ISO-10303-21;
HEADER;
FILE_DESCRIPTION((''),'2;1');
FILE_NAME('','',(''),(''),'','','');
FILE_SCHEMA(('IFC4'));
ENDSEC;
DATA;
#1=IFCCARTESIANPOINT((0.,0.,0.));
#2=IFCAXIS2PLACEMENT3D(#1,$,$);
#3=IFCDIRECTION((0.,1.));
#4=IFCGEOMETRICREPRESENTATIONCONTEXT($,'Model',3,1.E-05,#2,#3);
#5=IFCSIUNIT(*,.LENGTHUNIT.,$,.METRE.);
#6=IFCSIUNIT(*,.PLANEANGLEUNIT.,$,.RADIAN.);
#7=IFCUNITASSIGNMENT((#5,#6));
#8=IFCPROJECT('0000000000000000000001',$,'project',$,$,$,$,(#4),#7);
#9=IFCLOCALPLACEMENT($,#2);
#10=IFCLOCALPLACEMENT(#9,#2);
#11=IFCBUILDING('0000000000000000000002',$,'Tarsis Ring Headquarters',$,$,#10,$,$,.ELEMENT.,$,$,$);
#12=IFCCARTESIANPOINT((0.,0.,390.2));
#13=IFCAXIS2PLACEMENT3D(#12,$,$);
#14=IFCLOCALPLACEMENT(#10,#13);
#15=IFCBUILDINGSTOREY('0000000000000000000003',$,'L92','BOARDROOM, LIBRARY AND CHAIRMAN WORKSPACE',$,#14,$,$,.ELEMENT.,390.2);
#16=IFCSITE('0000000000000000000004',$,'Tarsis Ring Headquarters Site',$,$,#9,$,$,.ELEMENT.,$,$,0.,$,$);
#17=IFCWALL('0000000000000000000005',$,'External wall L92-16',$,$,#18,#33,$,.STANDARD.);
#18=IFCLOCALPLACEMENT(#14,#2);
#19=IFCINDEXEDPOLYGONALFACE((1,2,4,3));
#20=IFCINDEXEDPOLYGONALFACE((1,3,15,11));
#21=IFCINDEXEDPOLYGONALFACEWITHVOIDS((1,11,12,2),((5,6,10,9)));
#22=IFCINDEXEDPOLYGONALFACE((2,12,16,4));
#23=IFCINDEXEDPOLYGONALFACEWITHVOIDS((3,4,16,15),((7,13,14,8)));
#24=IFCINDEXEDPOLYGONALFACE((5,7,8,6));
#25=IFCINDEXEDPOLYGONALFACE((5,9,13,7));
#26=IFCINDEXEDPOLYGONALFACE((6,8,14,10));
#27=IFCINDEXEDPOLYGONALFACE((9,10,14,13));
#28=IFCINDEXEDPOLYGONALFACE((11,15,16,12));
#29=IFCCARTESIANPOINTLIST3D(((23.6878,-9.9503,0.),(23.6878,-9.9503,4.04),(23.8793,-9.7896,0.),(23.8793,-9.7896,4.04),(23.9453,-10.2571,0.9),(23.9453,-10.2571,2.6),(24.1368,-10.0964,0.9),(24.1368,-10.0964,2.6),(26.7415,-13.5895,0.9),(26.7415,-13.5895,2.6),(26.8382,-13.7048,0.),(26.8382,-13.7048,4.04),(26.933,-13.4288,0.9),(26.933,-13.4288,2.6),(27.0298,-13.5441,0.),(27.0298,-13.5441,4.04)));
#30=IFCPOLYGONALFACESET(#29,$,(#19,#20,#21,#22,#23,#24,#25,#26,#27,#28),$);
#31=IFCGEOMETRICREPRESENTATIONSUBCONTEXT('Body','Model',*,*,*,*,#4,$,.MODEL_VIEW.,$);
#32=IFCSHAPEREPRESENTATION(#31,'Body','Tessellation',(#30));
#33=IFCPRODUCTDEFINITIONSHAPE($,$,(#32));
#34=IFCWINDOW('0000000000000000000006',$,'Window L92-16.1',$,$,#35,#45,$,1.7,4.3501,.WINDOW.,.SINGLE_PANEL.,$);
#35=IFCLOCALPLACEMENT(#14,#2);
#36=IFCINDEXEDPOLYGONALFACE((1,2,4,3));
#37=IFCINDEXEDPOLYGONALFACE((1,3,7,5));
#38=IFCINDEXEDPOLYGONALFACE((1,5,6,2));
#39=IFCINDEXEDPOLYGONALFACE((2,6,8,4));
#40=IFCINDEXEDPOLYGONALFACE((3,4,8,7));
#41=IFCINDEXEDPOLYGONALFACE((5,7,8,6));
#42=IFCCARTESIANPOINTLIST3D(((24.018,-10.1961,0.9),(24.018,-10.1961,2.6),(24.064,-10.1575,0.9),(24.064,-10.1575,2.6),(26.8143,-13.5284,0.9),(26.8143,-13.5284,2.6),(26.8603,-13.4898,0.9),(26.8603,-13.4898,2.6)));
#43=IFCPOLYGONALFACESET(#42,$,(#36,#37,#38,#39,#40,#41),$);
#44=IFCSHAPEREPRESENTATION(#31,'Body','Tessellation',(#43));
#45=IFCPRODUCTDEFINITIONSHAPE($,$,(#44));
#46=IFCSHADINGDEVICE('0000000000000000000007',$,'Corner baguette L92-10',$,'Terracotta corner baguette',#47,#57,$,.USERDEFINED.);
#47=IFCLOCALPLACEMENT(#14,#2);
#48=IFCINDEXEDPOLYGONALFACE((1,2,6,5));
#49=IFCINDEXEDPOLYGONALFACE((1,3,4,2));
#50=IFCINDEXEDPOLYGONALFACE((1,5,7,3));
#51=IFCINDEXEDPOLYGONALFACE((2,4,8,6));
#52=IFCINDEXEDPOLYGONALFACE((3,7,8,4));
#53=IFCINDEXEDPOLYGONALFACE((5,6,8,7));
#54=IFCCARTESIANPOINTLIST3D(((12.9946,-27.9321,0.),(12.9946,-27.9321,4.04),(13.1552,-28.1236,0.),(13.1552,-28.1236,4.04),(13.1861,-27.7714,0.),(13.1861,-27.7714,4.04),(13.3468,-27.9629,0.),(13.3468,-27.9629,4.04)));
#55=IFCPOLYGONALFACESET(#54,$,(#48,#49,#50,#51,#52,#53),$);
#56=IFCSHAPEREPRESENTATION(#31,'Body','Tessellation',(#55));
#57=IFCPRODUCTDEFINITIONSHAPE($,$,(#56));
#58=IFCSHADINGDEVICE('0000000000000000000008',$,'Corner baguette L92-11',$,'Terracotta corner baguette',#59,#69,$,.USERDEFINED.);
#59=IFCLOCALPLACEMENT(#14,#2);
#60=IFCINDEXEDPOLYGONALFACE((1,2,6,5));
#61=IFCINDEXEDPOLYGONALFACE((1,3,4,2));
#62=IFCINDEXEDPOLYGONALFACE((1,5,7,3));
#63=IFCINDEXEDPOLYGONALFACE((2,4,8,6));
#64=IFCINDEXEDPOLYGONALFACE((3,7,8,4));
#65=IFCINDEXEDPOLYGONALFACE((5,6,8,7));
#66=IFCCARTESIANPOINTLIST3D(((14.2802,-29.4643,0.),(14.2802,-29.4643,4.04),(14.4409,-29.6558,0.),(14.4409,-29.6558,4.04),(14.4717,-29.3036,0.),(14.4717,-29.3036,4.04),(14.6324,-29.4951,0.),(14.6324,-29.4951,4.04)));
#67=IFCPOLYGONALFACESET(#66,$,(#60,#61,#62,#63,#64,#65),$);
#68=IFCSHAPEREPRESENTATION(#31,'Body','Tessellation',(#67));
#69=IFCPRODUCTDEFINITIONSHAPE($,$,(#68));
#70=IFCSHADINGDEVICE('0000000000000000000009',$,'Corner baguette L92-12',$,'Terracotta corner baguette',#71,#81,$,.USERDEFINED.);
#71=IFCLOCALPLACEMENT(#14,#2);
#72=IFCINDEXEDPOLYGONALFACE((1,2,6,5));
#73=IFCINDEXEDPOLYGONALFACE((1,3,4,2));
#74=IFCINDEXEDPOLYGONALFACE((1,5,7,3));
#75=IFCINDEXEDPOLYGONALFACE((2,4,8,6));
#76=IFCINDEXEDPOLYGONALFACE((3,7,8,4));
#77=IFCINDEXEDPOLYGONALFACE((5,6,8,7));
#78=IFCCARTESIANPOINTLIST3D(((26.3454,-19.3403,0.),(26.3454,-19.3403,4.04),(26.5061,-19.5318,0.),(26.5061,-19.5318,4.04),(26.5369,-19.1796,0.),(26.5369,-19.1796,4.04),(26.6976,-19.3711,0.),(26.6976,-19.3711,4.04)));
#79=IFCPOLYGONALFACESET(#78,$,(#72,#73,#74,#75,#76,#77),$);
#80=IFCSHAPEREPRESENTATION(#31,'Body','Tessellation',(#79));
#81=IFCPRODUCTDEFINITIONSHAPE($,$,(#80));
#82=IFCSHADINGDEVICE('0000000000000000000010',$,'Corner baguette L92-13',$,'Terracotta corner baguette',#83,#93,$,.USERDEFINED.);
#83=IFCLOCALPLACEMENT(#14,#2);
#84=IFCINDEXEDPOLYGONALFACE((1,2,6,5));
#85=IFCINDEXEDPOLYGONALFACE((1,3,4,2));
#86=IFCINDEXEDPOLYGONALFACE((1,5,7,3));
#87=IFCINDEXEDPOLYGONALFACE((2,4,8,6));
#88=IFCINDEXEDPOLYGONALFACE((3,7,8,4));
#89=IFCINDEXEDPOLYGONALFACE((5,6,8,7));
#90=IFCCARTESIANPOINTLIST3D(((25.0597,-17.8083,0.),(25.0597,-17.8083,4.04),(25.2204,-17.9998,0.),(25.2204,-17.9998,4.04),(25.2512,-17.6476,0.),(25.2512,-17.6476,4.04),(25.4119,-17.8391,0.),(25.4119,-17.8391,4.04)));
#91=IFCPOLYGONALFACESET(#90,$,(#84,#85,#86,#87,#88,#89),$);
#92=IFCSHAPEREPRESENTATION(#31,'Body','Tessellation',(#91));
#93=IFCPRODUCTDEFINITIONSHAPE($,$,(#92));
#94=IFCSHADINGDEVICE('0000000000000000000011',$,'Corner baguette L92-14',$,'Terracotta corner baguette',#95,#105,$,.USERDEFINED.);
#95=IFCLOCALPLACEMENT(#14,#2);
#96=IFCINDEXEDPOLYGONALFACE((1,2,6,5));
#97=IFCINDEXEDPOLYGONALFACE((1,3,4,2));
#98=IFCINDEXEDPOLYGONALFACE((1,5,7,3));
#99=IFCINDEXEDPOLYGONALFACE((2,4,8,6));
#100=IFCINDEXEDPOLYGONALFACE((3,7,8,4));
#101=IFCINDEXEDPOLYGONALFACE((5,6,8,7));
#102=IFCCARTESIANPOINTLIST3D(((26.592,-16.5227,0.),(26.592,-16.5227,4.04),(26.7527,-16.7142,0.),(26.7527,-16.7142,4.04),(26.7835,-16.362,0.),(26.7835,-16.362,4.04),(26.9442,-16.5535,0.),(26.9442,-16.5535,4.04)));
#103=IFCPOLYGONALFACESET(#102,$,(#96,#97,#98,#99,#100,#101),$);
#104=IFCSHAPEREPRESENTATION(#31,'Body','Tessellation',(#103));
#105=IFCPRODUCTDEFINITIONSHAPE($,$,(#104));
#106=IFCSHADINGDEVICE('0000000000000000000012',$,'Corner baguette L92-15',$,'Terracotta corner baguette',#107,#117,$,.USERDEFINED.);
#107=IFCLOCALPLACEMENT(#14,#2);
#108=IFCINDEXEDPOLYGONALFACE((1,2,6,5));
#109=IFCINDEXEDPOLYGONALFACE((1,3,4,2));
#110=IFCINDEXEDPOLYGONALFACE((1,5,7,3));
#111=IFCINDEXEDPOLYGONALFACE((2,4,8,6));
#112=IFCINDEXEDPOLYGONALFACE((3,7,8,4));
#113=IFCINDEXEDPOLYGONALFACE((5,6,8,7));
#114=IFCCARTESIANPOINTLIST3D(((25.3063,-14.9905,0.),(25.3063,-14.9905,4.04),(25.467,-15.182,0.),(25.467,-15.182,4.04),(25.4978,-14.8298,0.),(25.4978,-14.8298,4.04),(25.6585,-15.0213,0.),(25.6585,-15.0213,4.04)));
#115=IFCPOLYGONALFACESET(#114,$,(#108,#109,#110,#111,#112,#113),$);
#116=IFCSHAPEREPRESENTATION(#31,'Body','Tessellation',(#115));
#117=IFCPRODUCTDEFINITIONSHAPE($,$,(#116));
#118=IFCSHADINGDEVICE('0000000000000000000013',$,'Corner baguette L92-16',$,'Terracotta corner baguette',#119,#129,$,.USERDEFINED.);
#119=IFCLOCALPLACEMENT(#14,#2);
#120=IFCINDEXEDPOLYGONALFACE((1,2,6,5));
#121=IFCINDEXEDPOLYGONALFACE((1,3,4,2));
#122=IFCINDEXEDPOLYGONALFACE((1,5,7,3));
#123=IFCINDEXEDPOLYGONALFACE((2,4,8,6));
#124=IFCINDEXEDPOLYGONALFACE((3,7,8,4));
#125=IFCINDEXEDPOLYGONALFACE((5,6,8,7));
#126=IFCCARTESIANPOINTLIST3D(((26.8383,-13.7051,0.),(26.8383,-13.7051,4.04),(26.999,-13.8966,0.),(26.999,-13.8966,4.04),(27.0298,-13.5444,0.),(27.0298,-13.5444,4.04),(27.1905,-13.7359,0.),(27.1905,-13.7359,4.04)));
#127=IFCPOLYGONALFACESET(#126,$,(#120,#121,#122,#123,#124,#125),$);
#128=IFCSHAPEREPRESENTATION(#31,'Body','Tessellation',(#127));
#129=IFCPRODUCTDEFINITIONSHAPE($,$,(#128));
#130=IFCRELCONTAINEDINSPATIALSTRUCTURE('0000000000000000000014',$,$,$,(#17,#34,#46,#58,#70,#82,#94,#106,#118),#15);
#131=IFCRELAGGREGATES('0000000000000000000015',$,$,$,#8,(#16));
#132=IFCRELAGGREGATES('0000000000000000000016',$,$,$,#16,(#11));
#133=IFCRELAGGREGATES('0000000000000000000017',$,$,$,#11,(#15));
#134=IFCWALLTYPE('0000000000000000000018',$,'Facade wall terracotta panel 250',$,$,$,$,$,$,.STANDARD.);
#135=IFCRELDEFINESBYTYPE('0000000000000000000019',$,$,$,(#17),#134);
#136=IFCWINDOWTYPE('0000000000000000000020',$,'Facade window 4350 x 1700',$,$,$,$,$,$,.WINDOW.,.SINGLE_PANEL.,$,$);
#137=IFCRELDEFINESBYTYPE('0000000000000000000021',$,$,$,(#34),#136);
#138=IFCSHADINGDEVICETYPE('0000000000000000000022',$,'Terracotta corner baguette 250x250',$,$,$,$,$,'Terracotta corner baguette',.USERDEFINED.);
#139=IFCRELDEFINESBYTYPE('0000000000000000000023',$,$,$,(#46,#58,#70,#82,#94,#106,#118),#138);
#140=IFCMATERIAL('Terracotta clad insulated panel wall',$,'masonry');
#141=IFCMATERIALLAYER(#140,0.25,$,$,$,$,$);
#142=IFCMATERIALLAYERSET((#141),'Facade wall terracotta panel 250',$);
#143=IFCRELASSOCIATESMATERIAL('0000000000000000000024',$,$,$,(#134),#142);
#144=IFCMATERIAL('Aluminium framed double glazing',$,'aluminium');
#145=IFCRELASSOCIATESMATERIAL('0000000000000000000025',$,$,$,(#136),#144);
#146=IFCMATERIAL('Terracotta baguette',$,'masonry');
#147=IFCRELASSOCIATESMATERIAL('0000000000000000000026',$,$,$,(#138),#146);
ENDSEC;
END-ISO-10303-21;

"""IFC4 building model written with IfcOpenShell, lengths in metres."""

from ifc_helpers import new_model, si_unit, direction, frame, frame_2d, origin, origin_2d, place, context, subcontext, project, spatial, rectangle, extrude, material, layer, layer_set, type_object, element, fill, save


model = new_model("IFC4")

# Units and contexts
model_context = context("Model", 3, precision=1e-05, world=origin(), true_north=direction((0.0, 1.0)))
body_context = subcontext(model_context, "Body", "Model", "MODEL_VIEW")
ifc_project = project(units=[si_unit("LENGTHUNIT", "METRE"), si_unit("PLANEANGLEUNIT", "RADIAN")], contexts=[model_context])

# Site, building, storey
site_placement = place(None, origin())
site = spatial("IfcSite", under=ifc_project, at=site_placement, Name="Tarsis Ring Headquarters Site", CompositionType="ELEMENT", RefElevation=0.0)
building_placement = place(site_placement, origin())
building = spatial("IfcBuilding", under=site, at=building_placement, Name="Tarsis Ring Headquarters", CompositionType="ELEMENT")
storey_placement = place(building_placement, frame((0.0, 0.0, 390.2)))
storey = spatial("IfcBuildingStorey", under=building, at=storey_placement, Name="L92", Description="BOARDROOM, LIBRARY AND CHAIRMAN WORKSPACE", CompositionType="ELEMENT", Elevation=390.2)

# Shared definitions
ifc_material_1 = material(Name="Terracotta clad insulated panel wall", Category="masonry")
ifc_layer_1 = layer(ifc_material_1, 0.25)
ifc_layer_set_1 = layer_set([ifc_layer_1], Name="Facade wall terracotta panel 250")
wall_type_1 = type_object("IfcWallType", Name="Facade wall terracotta panel 250", PredefinedType="STANDARD", material=ifc_layer_set_1)

# Wall, opening, window
wall_1_placement = place(storey_placement, frame((26.9341, -13.6245, 0.0), z_axis=(0.0, 0.0, 1.0), x_axis=(-0.642797, 0.766036, 0.0)))
wall_1 = element("IfcWall", 1, at=wall_1_placement, inside=storey, type_object=wall_type_1, Name="External wall L92-16", PredefinedType="STANDARD", context=body_context, shape_type="SweptSolid", body=[
    extrude(rectangle(XDim=4.9011, YDim=0.25, at=frame_2d((2.4507, 0.0))), origin(), (0.0, 0.0, 1.0), 4.04),
])
opening_placement = place(wall_1_placement, frame((0.1506, 0.0, 0.8999)))
opening = element("IfcOpeningElement", 2, at=opening_placement, cuts=wall_1, PredefinedType="OPENING", context=body_context, shape_type="SweptSolid", body=[
    extrude(rectangle(XDim=4.3501, YDim=1.7, at=frame_2d((2.175, 0.8501))), frame((0.0, 0.135, 0.0), z_axis=(0.0, -1.0, 0.0), x_axis=(1.0, 0.0, 0.0)), (0.0, 0.0, 1.0), 0.27),
])
ifc_material_2 = material(Name="Aluminium framed double glazing", Category="aluminium")
window_type = type_object("IfcWindowType", Name="Facade window 4350 x 1700", PartitioningType="SINGLE_PANEL", PredefinedType="WINDOW", material=ifc_material_2)
window_placement = place(opening_placement, origin())
window = element("IfcWindow", 3, at=window_placement, inside=storey, type_object=window_type, Name="Window L92-16.1", OverallHeight=1.7, OverallWidth=4.3501, PartitioningType="SINGLE_PANEL", PredefinedType="WINDOW", context=body_context, shape_type="SweptSolid", body=[
    extrude(rectangle(XDim=4.3501, YDim=1.7, at=frame_2d((2.175, 0.8501))), frame((0.0, 0.03, 0.0), z_axis=(0.0, -1.0, 0.0), x_axis=(1.0, 0.0, 0.0)), (0.0, 0.0, 1.0), 0.0601),
])
fill(opening, window)

# Shading devices
ifc_material_3 = material(Name="Terracotta baguette", Category="masonry")
shading_device_type_1 = type_object("IfcShadingDeviceType", Name="Terracotta corner baguette 250x250", ElementType="Terracotta corner baguette", PredefinedType="USERDEFINED", material=ifc_material_3)
for number, where, z_axis, x_axis, name in (
    (4, (13.1707, -27.9475, 0.0), (0.0, 0.0, 1.0), (0.766044, 0.642788, 0.0), "Corner baguette L92-10"),
    (5, (14.4563, -29.4797, 0.0), (0.0, 0.0, 1.0), (0.642788, -0.766045, 0.0), "Corner baguette L92-11"),
    (6, (26.5215, -19.3557, 0.0), (0.0, 0.0, 1.0), (0.766044, 0.642788, 0.0), "Corner baguette L92-12"),
    (7, (25.2358, -17.8237, 0.0), (0.0, 0.0, 1.0), (-0.642788, 0.766044, 0.0), "Corner baguette L92-13"),
    (8, (26.7681, -16.5381, 0.0), (0.0, 0.0, 1.0), (0.766045, 0.642788, 0.0), "Corner baguette L92-14"),
    (9, (25.4824, -15.0059, 0.0), (0.0, 0.0, 1.0), (-0.642787, 0.766045, 0.0), "Corner baguette L92-15"),
    (10, (27.0144, -13.7205, 0.0), (0.0, 0.0, 1.0), (0.766044, 0.642788, 0.0), "Corner baguette L92-16"),
):
    element("IfcShadingDevice", number, at=place(storey_placement, frame(where, z_axis=z_axis, x_axis=x_axis)), inside=storey, type_object=shading_device_type_1, Name=name, ObjectType="Terracotta corner baguette", PredefinedType="USERDEFINED", context=body_context, shape_type="SweptSolid", body=[
        extrude(rectangle(XDim=0.25, YDim=0.25, at=origin_2d()), origin(), (0.0, 0.0, 1.0), 4.04),
    ])

save(model, "model.ifc")
